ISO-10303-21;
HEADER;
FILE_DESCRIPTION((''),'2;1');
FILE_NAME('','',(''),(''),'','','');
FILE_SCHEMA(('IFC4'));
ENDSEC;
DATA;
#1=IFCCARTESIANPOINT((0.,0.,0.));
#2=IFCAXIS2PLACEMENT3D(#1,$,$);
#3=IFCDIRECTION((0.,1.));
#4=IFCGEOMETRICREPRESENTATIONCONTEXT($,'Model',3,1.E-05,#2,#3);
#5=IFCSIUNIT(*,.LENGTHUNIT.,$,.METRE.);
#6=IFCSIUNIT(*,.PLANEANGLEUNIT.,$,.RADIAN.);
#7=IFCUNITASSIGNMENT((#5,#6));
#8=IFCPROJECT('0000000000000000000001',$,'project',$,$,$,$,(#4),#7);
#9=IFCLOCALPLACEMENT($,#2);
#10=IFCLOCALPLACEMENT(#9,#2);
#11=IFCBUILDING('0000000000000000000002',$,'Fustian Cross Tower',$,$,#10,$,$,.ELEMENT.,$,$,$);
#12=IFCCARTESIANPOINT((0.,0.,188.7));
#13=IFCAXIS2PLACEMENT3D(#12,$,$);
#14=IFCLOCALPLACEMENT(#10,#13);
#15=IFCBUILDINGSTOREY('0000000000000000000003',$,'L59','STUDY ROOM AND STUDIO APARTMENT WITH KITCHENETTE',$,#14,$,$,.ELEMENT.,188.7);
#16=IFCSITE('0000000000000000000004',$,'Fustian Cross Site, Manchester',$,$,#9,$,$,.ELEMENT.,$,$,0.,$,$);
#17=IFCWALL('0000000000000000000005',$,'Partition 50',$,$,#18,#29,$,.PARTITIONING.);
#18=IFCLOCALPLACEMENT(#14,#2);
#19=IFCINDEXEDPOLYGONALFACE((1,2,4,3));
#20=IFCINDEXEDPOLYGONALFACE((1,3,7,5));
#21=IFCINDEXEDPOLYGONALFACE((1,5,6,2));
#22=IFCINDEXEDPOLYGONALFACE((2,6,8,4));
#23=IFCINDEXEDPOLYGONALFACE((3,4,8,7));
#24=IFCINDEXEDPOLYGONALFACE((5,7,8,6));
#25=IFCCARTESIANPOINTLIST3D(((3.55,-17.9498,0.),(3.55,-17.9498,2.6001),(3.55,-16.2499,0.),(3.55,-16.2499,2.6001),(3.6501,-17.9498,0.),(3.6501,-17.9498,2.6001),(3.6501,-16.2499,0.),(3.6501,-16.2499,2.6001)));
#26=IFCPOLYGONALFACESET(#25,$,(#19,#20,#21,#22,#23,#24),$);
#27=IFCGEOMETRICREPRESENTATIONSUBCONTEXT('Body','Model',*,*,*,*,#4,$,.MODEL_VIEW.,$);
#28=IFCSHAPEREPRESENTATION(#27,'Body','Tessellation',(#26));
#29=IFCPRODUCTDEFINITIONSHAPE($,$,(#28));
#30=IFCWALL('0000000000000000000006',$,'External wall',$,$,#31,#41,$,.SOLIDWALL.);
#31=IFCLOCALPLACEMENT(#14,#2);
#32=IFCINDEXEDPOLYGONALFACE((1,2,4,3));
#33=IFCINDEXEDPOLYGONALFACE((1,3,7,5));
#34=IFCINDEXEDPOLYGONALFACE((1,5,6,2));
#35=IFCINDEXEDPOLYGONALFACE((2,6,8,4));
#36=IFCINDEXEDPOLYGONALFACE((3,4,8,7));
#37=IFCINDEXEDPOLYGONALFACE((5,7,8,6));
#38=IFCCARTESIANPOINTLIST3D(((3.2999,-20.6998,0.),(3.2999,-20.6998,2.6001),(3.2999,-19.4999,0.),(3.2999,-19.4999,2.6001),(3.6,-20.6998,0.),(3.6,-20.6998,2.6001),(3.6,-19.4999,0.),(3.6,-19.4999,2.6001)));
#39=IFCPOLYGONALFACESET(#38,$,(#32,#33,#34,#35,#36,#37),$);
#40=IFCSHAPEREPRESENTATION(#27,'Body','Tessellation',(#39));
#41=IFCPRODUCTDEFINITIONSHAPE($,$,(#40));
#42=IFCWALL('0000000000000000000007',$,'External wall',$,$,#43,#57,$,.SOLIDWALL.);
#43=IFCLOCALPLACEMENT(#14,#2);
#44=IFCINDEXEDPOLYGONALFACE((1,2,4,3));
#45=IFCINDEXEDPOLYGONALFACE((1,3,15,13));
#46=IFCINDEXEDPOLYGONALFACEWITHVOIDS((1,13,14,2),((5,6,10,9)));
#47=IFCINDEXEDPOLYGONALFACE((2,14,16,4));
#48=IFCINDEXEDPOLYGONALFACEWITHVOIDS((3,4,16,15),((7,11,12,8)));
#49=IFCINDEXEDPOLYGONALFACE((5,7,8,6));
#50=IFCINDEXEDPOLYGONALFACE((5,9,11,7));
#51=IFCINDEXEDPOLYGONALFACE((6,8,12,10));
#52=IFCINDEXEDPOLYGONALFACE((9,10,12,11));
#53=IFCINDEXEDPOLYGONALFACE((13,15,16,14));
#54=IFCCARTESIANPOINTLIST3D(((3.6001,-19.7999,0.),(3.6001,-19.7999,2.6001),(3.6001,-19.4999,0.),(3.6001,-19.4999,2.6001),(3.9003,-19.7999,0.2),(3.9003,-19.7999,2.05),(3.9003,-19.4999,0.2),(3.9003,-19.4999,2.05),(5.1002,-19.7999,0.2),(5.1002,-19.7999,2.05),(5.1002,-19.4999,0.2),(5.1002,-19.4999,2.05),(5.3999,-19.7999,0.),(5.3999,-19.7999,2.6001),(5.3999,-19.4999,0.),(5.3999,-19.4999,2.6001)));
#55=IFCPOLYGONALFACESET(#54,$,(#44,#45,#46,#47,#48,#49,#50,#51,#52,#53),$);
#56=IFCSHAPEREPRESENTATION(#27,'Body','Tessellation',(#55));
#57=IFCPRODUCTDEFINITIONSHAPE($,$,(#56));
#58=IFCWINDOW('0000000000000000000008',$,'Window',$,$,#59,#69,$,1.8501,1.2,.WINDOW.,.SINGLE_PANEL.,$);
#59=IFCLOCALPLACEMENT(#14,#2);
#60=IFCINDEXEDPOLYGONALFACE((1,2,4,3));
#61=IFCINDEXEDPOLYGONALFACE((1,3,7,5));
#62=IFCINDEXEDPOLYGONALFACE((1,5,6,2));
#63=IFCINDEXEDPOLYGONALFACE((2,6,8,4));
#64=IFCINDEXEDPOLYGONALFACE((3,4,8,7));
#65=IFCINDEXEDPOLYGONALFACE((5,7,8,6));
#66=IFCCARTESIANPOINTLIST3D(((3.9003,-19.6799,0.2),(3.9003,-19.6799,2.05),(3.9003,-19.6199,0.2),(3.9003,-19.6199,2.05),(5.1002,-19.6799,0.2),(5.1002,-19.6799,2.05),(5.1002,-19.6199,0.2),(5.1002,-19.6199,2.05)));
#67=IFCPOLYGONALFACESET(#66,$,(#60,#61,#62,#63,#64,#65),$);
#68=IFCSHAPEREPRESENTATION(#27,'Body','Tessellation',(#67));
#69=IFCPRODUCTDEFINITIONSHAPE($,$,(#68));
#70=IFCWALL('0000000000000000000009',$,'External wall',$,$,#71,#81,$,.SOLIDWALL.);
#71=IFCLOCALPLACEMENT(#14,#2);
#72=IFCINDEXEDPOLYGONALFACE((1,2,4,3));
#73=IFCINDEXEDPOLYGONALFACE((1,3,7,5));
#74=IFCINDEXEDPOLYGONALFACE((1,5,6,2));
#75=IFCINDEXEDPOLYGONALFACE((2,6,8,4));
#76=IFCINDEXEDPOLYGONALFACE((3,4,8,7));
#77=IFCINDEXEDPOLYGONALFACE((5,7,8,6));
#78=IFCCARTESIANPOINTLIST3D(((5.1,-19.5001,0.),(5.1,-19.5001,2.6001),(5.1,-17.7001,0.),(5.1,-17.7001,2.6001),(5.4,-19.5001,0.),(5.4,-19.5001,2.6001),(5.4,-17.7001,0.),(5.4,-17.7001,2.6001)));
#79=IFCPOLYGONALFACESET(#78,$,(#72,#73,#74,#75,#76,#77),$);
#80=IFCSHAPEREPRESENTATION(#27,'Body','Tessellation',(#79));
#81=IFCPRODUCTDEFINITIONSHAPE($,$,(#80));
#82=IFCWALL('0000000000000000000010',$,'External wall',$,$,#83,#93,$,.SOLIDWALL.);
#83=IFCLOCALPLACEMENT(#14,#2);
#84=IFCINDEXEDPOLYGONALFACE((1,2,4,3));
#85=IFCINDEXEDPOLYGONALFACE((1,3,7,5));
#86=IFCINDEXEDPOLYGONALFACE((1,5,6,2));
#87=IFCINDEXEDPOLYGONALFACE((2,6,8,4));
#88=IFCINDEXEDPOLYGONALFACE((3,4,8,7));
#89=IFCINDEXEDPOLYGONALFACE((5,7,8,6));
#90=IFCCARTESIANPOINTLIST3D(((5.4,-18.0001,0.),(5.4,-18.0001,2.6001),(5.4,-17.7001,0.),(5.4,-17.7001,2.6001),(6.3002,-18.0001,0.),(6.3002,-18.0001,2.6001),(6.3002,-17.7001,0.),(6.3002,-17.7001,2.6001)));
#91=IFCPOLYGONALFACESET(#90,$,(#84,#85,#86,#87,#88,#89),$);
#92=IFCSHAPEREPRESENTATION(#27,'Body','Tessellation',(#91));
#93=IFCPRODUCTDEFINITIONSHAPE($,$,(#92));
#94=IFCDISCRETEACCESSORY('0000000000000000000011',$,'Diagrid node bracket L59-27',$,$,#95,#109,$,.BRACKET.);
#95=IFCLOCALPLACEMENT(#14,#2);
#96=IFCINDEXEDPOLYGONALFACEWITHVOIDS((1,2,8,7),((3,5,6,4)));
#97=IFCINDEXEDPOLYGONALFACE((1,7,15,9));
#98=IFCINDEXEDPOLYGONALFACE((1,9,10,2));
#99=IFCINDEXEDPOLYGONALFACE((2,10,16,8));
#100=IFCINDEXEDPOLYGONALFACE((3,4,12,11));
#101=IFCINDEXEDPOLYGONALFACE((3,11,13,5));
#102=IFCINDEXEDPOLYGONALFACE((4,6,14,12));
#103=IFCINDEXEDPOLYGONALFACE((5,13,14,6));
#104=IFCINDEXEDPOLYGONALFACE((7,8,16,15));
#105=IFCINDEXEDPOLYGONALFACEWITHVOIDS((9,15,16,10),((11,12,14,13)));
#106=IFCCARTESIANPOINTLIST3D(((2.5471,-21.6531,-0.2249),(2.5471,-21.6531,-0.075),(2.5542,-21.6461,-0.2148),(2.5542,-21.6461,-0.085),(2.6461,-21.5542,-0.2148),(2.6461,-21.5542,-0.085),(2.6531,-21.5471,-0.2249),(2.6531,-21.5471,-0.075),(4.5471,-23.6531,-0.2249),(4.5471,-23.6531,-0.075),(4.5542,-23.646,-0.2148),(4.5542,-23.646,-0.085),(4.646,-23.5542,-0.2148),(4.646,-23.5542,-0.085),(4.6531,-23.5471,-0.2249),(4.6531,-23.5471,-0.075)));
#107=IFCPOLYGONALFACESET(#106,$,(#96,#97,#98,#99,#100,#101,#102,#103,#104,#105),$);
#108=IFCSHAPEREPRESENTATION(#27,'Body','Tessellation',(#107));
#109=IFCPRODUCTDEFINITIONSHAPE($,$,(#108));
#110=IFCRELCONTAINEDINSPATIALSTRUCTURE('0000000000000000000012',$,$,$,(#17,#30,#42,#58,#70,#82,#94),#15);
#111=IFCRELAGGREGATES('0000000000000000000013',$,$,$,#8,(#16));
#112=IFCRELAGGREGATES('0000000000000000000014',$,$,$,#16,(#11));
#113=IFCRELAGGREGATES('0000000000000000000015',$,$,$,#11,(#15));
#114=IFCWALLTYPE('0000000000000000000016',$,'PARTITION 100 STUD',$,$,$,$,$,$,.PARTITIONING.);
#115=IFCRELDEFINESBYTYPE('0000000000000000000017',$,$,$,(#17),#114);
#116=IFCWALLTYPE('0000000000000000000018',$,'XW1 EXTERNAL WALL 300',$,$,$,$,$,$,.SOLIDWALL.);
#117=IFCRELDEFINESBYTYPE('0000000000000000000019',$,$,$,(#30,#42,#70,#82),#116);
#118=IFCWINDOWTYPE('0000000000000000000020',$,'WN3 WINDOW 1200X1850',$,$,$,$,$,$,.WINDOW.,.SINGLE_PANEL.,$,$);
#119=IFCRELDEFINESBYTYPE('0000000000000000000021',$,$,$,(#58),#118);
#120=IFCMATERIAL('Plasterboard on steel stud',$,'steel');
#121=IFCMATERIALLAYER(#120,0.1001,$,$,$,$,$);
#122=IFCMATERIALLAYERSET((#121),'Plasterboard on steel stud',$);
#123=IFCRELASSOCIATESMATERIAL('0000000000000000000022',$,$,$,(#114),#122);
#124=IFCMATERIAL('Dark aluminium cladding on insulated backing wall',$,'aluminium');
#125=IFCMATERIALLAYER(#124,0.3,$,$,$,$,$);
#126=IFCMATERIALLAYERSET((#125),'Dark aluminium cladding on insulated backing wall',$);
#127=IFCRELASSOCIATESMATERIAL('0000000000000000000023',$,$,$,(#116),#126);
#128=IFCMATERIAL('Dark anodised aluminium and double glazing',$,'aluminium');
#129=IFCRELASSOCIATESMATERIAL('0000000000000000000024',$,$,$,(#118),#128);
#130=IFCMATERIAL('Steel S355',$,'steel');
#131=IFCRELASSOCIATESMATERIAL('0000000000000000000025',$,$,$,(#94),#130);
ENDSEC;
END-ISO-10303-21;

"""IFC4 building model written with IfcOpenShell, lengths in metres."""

from ifc_helpers import new_model, si_unit, direction, frame, frame_2d, origin, origin_2d, place, context, subcontext, project, spatial, rectangle, hollow_rectangle, extrude, material, layer, layer_set, type_object, element, fill, save


model = new_model("IFC4")

# Units and contexts
model_context = context("Model", 3, precision=1e-05, world=origin(), true_north=direction((0.0, 1.0)))
body_context = subcontext(model_context, "Body", "Model", "MODEL_VIEW")
ifc_project = project(units=[si_unit("LENGTHUNIT", "METRE"), si_unit("PLANEANGLEUNIT", "RADIAN")], contexts=[model_context])

# Site, building, storey
site_placement = place(None, origin())
site = spatial("IfcSite", under=ifc_project, at=site_placement, Name="Fustian Cross Site, Manchester", CompositionType="ELEMENT", RefElevation=0.0)
building_placement = place(site_placement, origin())
building = spatial("IfcBuilding", under=site, at=building_placement, Name="Fustian Cross Tower", CompositionType="ELEMENT")
storey_placement = place(building_placement, frame((0.0, 0.0, 188.7)))
storey = spatial("IfcBuildingStorey", under=building, at=storey_placement, Name="L59", Description="STUDY ROOM AND STUDIO APARTMENT WITH KITCHENETTE", CompositionType="ELEMENT", Elevation=188.7)

# Walls
ifc_material_1 = material(Name="Plasterboard on steel stud", Category="steel")
ifc_layer_1 = layer(ifc_material_1, 0.1001)
ifc_layer_set_1 = layer_set([ifc_layer_1], Name="Plasterboard on steel stud")
wall_type_1 = type_object("IfcWallType", Name="PARTITION 100 STUD", PredefinedType="PARTITIONING", material=ifc_layer_set_1)
wall_1_placement = place(storey_placement, frame((3.6001, -17.95, 0.0), z_axis=(0.0, 0.0, 1.0), x_axis=(0.0, 1.0, 0.0)))
element("IfcWall", 1, at=wall_1_placement, inside=storey, type_object=wall_type_1, Name="Partition 50", PredefinedType="PARTITIONING", context=body_context, shape_type="SweptSolid", body=[
    extrude(rectangle(XDim=1.7, YDim=0.1001, at=frame_2d((0.8501, 0.0))), origin(), (0.0, 0.0, 1.0), 2.6001),
])
ifc_material_2 = material(Name="Dark aluminium cladding on insulated backing wall", Category="aluminium")
ifc_layer_2 = layer(ifc_material_2, 0.3)
ifc_layer_set_2 = layer_set([ifc_layer_2], Name="Dark aluminium cladding on insulated backing wall")
wall_type_2 = type_object("IfcWallType", Name="XW1 EXTERNAL WALL 300", PredefinedType="SOLIDWALL", material=ifc_layer_set_2)
wall_2_placement = place(storey_placement, frame((3.45, -20.7, 0.0), z_axis=(0.0, 0.0, 1.0), x_axis=(0.0, 1.0, 0.0)))
element("IfcWall", 2, at=wall_2_placement, inside=storey, type_object=wall_type_2, Name="External wall", PredefinedType="SOLIDWALL", context=body_context, shape_type="SweptSolid", body=[
    extrude(rectangle(XDim=1.2, YDim=0.3, at=frame_2d((0.6001, 0.0))), origin(), (0.0, 0.0, 1.0), 2.6001),
])

# Wall, opening, window
wall_3_placement = place(storey_placement, frame((3.6001, -19.6499, 0.0), z_axis=(0.0, 0.0, 1.0), x_axis=(1.0, 0.0, 0.0)))
wall_3 = element("IfcWall", 3, at=wall_3_placement, inside=storey, type_object=wall_type_2, Name="External wall", PredefinedType="SOLIDWALL", context=body_context, shape_type="SweptSolid", body=[
    extrude(rectangle(XDim=1.7998, YDim=0.3, at=frame_2d((0.8999, 0.0))), origin(), (0.0, 0.0, 1.0), 2.6001),
])
opening_placement = place(wall_3_placement, frame((0.3, 0.0, 0.2)))
opening = element("IfcOpeningElement", 4, at=opening_placement, cuts=wall_3, PredefinedType="OPENING", context=body_context, shape_type="SweptSolid", body=[
    extrude(rectangle(XDim=1.2, YDim=1.8501, at=frame_2d((0.6001, 0.925))), frame((0.0, 0.1599, 0.0), z_axis=(0.0, -1.0, 0.0), x_axis=(1.0, 0.0, 0.0)), (0.0, 0.0, 1.0), 0.3201),
])
ifc_material_3 = material(Name="Dark anodised aluminium and double glazing", Category="aluminium")
window_type = type_object("IfcWindowType", Name="WN3 WINDOW 1200X1850", PartitioningType="SINGLE_PANEL", PredefinedType="WINDOW", material=ifc_material_3)
window_placement = place(opening_placement, origin())
window = element("IfcWindow", 5, at=window_placement, inside=storey, type_object=window_type, Name="Window", OverallHeight=1.8501, OverallWidth=1.2, PartitioningType="SINGLE_PANEL", PredefinedType="WINDOW", context=body_context, shape_type="SweptSolid", body=[
    extrude(rectangle(XDim=1.2, YDim=1.8501, at=frame_2d((0.6001, 0.925))), frame((0.0, 0.03, 0.0), z_axis=(0.0, -1.0, 0.0), x_axis=(1.0, 0.0, 0.0)), (0.0, 0.0, 1.0), 0.0601),
])
fill(opening, window)

# Walls
wall_4_placement = place(storey_placement, frame((5.25, -19.5, 0.0), z_axis=(0.0, 0.0, 1.0), x_axis=(0.0, 1.0, 0.0)))
element("IfcWall", 6, at=wall_4_placement, inside=storey, type_object=wall_type_2, Name="External wall", PredefinedType="SOLIDWALL", context=body_context, shape_type="SweptSolid", body=[
    extrude(rectangle(XDim=1.8, YDim=0.3, at=frame_2d((0.8999, 0.0))), origin(), (0.0, 0.0, 1.0), 2.6001),
])
wall_5_placement = place(storey_placement, frame((5.3999, -17.8501, 0.0), z_axis=(0.0, 0.0, 1.0), x_axis=(1.0, 0.0, 0.0)))
element("IfcWall", 7, at=wall_5_placement, inside=storey, type_object=wall_type_2, Name="External wall", PredefinedType="SOLIDWALL", context=body_context, shape_type="SweptSolid", body=[
    extrude(rectangle(XDim=0.9001, YDim=0.3, at=frame_2d((0.4502, 0.0))), origin(), (0.0, 0.0, 1.0), 2.6001),
])

# Discrete accessory
ifc_material_4 = material(Name="Steel S355", Category="steel")
discrete_accessory_placement = place(storey_placement, frame((4.6001, -23.6001, -0.1499), z_axis=(-0.707107, 0.707107, 0.0), x_axis=(-0.707107, -0.707107, 0.0)))
element("IfcDiscreteAccessory", 8, at=discrete_accessory_placement, inside=storey, material=ifc_material_4, Name="Diagrid node bracket L59-27", PredefinedType="BRACKET", context=body_context, shape_type="SweptSolid", body=[
    extrude(hollow_rectangle(XDim=0.1499, YDim=0.1499, WallThickness=0.01, at=origin_2d()), origin(), (0.0, 0.0, 1.0), 2.8284),
])

save(model, "model.ifc")
